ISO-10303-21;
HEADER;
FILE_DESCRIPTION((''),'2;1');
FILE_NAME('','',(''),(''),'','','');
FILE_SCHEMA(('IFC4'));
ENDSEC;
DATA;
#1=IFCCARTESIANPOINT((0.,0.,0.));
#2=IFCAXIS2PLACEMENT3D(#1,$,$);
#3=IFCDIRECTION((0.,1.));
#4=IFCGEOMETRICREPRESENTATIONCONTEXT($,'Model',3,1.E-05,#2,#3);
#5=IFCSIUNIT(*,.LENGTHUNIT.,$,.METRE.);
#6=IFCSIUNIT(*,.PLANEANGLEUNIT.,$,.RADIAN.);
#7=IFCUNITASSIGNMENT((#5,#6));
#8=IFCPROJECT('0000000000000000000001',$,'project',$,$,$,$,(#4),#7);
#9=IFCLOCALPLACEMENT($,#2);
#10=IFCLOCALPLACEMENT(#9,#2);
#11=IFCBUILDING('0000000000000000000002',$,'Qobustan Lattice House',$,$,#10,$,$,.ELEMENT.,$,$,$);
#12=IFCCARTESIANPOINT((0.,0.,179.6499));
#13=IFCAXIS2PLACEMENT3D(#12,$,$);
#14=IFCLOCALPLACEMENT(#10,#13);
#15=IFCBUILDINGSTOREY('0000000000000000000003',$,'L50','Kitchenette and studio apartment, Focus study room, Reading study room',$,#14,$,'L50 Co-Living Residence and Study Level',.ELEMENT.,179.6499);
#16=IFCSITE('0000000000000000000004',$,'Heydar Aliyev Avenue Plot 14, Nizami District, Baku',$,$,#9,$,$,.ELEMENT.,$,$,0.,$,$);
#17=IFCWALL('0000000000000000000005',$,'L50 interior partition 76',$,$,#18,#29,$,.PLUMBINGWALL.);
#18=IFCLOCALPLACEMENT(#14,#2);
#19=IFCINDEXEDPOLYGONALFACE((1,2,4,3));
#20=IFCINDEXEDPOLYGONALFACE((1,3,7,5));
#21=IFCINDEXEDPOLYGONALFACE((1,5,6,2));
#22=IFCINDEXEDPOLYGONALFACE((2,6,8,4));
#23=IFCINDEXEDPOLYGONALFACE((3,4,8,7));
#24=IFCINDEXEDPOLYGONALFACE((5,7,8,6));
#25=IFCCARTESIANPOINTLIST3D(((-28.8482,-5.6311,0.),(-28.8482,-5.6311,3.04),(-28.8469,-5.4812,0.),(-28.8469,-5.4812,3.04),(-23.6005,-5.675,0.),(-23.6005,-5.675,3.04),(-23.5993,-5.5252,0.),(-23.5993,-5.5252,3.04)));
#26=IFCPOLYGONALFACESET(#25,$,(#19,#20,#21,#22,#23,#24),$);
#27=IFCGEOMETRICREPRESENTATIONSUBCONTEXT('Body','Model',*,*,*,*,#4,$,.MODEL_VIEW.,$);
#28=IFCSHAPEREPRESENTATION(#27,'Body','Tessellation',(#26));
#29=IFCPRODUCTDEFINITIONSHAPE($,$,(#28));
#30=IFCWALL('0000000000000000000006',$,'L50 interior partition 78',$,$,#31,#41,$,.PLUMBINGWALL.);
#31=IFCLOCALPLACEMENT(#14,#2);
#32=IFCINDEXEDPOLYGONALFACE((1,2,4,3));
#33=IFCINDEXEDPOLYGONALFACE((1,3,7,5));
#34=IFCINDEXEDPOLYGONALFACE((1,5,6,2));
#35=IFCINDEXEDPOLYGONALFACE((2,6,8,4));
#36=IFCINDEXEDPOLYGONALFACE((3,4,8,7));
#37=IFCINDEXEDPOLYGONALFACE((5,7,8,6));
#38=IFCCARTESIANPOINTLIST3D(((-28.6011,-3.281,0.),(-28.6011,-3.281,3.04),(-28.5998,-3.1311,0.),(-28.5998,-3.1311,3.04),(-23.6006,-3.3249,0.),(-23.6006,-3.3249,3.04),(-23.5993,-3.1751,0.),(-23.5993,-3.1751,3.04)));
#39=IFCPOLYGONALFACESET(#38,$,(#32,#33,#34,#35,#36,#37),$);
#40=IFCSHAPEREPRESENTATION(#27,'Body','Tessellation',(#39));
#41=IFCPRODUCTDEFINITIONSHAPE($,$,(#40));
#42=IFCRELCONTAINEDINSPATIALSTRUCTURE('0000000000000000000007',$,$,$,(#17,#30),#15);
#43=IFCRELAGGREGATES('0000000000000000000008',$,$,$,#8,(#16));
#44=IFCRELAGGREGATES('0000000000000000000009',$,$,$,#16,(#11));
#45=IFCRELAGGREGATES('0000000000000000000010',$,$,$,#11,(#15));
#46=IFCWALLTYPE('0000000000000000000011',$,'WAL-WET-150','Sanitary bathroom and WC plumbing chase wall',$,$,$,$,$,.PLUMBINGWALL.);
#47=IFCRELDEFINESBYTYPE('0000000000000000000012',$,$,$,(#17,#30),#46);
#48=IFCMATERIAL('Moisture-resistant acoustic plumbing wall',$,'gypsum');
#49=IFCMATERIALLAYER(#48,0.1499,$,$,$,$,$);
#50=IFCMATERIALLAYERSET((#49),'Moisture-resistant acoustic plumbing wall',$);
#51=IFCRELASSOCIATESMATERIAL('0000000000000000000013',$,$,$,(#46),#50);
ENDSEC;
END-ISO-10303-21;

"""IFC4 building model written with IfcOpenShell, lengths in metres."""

from ifc_helpers import new_model, si_unit, direction, frame, frame_2d, origin, place, context, subcontext, project, spatial, rectangle, extrude, material, layer, layer_set, type_object, element, save


model = new_model("IFC4")

# Units and contexts
model_context = context("Model", 3, precision=1e-05, world=origin(), true_north=direction((0.0, 1.0)))
body_context = subcontext(model_context, "Body", "Model", "MODEL_VIEW")
ifc_project = project(units=[si_unit("LENGTHUNIT", "METRE"), si_unit("PLANEANGLEUNIT", "RADIAN")], contexts=[model_context])

# Site, building, storey
site_placement = place(None, origin())
site = spatial("IfcSite", under=ifc_project, at=site_placement, Name="Heydar Aliyev Avenue Plot 14, Nizami District, Baku", CompositionType="ELEMENT", RefElevation=0.0)
building_placement = place(site_placement, origin())
building = spatial("IfcBuilding", under=site, at=building_placement, Name="Qobustan Lattice House", CompositionType="ELEMENT")
storey_placement = place(building_placement, frame((0.0, 0.0, 179.6499)))
storey = spatial("IfcBuildingStorey", under=building, at=storey_placement, Name="L50", Description="Kitchenette and studio apartment, Focus study room, Reading study room", LongName="L50 Co-Living Residence and Study Level", CompositionType="ELEMENT", Elevation=179.6499)

# Shared definitions
ifc_material_1 = material(Name="Moisture-resistant acoustic plumbing wall", Category="gypsum")
ifc_layer_1 = layer(ifc_material_1, 0.1499)
ifc_layer_set_1 = layer_set([ifc_layer_1], Name="Moisture-resistant acoustic plumbing wall")
wall_type_1 = type_object("IfcWallType", Name="WAL-WET-150", Description="Sanitary bathroom and WC plumbing chase wall", PredefinedType="PLUMBINGWALL", material=ifc_layer_set_1)

# Walls
wall_1_placement = place(storey_placement, frame((-28.8477, -5.5562, 0.0), z_axis=(0.0, 0.0, 1.0), x_axis=(0.999965, -0.008374, 0.0)))
element("IfcWall", 1, at=wall_1_placement, inside=storey, type_object=wall_type_1, Name="L50 interior partition 76", PredefinedType="PLUMBINGWALL", context=body_context, shape_type="SweptSolid", body=[
    extrude(rectangle(XDim=5.2478, YDim=0.1499, at=frame_2d((2.624, 0.0))), origin(), (0.0, 0.0, 1.0), 3.04),
])
wall_2_placement = place(storey_placement, frame((-28.6006, -3.2061, 0.0), z_axis=(0.0, 0.0, 1.0), x_axis=(0.999961, -0.008788, 0.0)))
element("IfcWall", 2, at=wall_2_placement, inside=storey, type_object=wall_type_1, Name="L50 interior partition 78", PredefinedType="PLUMBINGWALL", context=body_context, shape_type="SweptSolid", body=[
    extrude(rectangle(XDim=5.0007, YDim=0.1499, at=frame_2d((2.5005, 0.0))), origin(), (0.0, 0.0, 1.0), 3.04),
])

save(model, "model.ifc")
